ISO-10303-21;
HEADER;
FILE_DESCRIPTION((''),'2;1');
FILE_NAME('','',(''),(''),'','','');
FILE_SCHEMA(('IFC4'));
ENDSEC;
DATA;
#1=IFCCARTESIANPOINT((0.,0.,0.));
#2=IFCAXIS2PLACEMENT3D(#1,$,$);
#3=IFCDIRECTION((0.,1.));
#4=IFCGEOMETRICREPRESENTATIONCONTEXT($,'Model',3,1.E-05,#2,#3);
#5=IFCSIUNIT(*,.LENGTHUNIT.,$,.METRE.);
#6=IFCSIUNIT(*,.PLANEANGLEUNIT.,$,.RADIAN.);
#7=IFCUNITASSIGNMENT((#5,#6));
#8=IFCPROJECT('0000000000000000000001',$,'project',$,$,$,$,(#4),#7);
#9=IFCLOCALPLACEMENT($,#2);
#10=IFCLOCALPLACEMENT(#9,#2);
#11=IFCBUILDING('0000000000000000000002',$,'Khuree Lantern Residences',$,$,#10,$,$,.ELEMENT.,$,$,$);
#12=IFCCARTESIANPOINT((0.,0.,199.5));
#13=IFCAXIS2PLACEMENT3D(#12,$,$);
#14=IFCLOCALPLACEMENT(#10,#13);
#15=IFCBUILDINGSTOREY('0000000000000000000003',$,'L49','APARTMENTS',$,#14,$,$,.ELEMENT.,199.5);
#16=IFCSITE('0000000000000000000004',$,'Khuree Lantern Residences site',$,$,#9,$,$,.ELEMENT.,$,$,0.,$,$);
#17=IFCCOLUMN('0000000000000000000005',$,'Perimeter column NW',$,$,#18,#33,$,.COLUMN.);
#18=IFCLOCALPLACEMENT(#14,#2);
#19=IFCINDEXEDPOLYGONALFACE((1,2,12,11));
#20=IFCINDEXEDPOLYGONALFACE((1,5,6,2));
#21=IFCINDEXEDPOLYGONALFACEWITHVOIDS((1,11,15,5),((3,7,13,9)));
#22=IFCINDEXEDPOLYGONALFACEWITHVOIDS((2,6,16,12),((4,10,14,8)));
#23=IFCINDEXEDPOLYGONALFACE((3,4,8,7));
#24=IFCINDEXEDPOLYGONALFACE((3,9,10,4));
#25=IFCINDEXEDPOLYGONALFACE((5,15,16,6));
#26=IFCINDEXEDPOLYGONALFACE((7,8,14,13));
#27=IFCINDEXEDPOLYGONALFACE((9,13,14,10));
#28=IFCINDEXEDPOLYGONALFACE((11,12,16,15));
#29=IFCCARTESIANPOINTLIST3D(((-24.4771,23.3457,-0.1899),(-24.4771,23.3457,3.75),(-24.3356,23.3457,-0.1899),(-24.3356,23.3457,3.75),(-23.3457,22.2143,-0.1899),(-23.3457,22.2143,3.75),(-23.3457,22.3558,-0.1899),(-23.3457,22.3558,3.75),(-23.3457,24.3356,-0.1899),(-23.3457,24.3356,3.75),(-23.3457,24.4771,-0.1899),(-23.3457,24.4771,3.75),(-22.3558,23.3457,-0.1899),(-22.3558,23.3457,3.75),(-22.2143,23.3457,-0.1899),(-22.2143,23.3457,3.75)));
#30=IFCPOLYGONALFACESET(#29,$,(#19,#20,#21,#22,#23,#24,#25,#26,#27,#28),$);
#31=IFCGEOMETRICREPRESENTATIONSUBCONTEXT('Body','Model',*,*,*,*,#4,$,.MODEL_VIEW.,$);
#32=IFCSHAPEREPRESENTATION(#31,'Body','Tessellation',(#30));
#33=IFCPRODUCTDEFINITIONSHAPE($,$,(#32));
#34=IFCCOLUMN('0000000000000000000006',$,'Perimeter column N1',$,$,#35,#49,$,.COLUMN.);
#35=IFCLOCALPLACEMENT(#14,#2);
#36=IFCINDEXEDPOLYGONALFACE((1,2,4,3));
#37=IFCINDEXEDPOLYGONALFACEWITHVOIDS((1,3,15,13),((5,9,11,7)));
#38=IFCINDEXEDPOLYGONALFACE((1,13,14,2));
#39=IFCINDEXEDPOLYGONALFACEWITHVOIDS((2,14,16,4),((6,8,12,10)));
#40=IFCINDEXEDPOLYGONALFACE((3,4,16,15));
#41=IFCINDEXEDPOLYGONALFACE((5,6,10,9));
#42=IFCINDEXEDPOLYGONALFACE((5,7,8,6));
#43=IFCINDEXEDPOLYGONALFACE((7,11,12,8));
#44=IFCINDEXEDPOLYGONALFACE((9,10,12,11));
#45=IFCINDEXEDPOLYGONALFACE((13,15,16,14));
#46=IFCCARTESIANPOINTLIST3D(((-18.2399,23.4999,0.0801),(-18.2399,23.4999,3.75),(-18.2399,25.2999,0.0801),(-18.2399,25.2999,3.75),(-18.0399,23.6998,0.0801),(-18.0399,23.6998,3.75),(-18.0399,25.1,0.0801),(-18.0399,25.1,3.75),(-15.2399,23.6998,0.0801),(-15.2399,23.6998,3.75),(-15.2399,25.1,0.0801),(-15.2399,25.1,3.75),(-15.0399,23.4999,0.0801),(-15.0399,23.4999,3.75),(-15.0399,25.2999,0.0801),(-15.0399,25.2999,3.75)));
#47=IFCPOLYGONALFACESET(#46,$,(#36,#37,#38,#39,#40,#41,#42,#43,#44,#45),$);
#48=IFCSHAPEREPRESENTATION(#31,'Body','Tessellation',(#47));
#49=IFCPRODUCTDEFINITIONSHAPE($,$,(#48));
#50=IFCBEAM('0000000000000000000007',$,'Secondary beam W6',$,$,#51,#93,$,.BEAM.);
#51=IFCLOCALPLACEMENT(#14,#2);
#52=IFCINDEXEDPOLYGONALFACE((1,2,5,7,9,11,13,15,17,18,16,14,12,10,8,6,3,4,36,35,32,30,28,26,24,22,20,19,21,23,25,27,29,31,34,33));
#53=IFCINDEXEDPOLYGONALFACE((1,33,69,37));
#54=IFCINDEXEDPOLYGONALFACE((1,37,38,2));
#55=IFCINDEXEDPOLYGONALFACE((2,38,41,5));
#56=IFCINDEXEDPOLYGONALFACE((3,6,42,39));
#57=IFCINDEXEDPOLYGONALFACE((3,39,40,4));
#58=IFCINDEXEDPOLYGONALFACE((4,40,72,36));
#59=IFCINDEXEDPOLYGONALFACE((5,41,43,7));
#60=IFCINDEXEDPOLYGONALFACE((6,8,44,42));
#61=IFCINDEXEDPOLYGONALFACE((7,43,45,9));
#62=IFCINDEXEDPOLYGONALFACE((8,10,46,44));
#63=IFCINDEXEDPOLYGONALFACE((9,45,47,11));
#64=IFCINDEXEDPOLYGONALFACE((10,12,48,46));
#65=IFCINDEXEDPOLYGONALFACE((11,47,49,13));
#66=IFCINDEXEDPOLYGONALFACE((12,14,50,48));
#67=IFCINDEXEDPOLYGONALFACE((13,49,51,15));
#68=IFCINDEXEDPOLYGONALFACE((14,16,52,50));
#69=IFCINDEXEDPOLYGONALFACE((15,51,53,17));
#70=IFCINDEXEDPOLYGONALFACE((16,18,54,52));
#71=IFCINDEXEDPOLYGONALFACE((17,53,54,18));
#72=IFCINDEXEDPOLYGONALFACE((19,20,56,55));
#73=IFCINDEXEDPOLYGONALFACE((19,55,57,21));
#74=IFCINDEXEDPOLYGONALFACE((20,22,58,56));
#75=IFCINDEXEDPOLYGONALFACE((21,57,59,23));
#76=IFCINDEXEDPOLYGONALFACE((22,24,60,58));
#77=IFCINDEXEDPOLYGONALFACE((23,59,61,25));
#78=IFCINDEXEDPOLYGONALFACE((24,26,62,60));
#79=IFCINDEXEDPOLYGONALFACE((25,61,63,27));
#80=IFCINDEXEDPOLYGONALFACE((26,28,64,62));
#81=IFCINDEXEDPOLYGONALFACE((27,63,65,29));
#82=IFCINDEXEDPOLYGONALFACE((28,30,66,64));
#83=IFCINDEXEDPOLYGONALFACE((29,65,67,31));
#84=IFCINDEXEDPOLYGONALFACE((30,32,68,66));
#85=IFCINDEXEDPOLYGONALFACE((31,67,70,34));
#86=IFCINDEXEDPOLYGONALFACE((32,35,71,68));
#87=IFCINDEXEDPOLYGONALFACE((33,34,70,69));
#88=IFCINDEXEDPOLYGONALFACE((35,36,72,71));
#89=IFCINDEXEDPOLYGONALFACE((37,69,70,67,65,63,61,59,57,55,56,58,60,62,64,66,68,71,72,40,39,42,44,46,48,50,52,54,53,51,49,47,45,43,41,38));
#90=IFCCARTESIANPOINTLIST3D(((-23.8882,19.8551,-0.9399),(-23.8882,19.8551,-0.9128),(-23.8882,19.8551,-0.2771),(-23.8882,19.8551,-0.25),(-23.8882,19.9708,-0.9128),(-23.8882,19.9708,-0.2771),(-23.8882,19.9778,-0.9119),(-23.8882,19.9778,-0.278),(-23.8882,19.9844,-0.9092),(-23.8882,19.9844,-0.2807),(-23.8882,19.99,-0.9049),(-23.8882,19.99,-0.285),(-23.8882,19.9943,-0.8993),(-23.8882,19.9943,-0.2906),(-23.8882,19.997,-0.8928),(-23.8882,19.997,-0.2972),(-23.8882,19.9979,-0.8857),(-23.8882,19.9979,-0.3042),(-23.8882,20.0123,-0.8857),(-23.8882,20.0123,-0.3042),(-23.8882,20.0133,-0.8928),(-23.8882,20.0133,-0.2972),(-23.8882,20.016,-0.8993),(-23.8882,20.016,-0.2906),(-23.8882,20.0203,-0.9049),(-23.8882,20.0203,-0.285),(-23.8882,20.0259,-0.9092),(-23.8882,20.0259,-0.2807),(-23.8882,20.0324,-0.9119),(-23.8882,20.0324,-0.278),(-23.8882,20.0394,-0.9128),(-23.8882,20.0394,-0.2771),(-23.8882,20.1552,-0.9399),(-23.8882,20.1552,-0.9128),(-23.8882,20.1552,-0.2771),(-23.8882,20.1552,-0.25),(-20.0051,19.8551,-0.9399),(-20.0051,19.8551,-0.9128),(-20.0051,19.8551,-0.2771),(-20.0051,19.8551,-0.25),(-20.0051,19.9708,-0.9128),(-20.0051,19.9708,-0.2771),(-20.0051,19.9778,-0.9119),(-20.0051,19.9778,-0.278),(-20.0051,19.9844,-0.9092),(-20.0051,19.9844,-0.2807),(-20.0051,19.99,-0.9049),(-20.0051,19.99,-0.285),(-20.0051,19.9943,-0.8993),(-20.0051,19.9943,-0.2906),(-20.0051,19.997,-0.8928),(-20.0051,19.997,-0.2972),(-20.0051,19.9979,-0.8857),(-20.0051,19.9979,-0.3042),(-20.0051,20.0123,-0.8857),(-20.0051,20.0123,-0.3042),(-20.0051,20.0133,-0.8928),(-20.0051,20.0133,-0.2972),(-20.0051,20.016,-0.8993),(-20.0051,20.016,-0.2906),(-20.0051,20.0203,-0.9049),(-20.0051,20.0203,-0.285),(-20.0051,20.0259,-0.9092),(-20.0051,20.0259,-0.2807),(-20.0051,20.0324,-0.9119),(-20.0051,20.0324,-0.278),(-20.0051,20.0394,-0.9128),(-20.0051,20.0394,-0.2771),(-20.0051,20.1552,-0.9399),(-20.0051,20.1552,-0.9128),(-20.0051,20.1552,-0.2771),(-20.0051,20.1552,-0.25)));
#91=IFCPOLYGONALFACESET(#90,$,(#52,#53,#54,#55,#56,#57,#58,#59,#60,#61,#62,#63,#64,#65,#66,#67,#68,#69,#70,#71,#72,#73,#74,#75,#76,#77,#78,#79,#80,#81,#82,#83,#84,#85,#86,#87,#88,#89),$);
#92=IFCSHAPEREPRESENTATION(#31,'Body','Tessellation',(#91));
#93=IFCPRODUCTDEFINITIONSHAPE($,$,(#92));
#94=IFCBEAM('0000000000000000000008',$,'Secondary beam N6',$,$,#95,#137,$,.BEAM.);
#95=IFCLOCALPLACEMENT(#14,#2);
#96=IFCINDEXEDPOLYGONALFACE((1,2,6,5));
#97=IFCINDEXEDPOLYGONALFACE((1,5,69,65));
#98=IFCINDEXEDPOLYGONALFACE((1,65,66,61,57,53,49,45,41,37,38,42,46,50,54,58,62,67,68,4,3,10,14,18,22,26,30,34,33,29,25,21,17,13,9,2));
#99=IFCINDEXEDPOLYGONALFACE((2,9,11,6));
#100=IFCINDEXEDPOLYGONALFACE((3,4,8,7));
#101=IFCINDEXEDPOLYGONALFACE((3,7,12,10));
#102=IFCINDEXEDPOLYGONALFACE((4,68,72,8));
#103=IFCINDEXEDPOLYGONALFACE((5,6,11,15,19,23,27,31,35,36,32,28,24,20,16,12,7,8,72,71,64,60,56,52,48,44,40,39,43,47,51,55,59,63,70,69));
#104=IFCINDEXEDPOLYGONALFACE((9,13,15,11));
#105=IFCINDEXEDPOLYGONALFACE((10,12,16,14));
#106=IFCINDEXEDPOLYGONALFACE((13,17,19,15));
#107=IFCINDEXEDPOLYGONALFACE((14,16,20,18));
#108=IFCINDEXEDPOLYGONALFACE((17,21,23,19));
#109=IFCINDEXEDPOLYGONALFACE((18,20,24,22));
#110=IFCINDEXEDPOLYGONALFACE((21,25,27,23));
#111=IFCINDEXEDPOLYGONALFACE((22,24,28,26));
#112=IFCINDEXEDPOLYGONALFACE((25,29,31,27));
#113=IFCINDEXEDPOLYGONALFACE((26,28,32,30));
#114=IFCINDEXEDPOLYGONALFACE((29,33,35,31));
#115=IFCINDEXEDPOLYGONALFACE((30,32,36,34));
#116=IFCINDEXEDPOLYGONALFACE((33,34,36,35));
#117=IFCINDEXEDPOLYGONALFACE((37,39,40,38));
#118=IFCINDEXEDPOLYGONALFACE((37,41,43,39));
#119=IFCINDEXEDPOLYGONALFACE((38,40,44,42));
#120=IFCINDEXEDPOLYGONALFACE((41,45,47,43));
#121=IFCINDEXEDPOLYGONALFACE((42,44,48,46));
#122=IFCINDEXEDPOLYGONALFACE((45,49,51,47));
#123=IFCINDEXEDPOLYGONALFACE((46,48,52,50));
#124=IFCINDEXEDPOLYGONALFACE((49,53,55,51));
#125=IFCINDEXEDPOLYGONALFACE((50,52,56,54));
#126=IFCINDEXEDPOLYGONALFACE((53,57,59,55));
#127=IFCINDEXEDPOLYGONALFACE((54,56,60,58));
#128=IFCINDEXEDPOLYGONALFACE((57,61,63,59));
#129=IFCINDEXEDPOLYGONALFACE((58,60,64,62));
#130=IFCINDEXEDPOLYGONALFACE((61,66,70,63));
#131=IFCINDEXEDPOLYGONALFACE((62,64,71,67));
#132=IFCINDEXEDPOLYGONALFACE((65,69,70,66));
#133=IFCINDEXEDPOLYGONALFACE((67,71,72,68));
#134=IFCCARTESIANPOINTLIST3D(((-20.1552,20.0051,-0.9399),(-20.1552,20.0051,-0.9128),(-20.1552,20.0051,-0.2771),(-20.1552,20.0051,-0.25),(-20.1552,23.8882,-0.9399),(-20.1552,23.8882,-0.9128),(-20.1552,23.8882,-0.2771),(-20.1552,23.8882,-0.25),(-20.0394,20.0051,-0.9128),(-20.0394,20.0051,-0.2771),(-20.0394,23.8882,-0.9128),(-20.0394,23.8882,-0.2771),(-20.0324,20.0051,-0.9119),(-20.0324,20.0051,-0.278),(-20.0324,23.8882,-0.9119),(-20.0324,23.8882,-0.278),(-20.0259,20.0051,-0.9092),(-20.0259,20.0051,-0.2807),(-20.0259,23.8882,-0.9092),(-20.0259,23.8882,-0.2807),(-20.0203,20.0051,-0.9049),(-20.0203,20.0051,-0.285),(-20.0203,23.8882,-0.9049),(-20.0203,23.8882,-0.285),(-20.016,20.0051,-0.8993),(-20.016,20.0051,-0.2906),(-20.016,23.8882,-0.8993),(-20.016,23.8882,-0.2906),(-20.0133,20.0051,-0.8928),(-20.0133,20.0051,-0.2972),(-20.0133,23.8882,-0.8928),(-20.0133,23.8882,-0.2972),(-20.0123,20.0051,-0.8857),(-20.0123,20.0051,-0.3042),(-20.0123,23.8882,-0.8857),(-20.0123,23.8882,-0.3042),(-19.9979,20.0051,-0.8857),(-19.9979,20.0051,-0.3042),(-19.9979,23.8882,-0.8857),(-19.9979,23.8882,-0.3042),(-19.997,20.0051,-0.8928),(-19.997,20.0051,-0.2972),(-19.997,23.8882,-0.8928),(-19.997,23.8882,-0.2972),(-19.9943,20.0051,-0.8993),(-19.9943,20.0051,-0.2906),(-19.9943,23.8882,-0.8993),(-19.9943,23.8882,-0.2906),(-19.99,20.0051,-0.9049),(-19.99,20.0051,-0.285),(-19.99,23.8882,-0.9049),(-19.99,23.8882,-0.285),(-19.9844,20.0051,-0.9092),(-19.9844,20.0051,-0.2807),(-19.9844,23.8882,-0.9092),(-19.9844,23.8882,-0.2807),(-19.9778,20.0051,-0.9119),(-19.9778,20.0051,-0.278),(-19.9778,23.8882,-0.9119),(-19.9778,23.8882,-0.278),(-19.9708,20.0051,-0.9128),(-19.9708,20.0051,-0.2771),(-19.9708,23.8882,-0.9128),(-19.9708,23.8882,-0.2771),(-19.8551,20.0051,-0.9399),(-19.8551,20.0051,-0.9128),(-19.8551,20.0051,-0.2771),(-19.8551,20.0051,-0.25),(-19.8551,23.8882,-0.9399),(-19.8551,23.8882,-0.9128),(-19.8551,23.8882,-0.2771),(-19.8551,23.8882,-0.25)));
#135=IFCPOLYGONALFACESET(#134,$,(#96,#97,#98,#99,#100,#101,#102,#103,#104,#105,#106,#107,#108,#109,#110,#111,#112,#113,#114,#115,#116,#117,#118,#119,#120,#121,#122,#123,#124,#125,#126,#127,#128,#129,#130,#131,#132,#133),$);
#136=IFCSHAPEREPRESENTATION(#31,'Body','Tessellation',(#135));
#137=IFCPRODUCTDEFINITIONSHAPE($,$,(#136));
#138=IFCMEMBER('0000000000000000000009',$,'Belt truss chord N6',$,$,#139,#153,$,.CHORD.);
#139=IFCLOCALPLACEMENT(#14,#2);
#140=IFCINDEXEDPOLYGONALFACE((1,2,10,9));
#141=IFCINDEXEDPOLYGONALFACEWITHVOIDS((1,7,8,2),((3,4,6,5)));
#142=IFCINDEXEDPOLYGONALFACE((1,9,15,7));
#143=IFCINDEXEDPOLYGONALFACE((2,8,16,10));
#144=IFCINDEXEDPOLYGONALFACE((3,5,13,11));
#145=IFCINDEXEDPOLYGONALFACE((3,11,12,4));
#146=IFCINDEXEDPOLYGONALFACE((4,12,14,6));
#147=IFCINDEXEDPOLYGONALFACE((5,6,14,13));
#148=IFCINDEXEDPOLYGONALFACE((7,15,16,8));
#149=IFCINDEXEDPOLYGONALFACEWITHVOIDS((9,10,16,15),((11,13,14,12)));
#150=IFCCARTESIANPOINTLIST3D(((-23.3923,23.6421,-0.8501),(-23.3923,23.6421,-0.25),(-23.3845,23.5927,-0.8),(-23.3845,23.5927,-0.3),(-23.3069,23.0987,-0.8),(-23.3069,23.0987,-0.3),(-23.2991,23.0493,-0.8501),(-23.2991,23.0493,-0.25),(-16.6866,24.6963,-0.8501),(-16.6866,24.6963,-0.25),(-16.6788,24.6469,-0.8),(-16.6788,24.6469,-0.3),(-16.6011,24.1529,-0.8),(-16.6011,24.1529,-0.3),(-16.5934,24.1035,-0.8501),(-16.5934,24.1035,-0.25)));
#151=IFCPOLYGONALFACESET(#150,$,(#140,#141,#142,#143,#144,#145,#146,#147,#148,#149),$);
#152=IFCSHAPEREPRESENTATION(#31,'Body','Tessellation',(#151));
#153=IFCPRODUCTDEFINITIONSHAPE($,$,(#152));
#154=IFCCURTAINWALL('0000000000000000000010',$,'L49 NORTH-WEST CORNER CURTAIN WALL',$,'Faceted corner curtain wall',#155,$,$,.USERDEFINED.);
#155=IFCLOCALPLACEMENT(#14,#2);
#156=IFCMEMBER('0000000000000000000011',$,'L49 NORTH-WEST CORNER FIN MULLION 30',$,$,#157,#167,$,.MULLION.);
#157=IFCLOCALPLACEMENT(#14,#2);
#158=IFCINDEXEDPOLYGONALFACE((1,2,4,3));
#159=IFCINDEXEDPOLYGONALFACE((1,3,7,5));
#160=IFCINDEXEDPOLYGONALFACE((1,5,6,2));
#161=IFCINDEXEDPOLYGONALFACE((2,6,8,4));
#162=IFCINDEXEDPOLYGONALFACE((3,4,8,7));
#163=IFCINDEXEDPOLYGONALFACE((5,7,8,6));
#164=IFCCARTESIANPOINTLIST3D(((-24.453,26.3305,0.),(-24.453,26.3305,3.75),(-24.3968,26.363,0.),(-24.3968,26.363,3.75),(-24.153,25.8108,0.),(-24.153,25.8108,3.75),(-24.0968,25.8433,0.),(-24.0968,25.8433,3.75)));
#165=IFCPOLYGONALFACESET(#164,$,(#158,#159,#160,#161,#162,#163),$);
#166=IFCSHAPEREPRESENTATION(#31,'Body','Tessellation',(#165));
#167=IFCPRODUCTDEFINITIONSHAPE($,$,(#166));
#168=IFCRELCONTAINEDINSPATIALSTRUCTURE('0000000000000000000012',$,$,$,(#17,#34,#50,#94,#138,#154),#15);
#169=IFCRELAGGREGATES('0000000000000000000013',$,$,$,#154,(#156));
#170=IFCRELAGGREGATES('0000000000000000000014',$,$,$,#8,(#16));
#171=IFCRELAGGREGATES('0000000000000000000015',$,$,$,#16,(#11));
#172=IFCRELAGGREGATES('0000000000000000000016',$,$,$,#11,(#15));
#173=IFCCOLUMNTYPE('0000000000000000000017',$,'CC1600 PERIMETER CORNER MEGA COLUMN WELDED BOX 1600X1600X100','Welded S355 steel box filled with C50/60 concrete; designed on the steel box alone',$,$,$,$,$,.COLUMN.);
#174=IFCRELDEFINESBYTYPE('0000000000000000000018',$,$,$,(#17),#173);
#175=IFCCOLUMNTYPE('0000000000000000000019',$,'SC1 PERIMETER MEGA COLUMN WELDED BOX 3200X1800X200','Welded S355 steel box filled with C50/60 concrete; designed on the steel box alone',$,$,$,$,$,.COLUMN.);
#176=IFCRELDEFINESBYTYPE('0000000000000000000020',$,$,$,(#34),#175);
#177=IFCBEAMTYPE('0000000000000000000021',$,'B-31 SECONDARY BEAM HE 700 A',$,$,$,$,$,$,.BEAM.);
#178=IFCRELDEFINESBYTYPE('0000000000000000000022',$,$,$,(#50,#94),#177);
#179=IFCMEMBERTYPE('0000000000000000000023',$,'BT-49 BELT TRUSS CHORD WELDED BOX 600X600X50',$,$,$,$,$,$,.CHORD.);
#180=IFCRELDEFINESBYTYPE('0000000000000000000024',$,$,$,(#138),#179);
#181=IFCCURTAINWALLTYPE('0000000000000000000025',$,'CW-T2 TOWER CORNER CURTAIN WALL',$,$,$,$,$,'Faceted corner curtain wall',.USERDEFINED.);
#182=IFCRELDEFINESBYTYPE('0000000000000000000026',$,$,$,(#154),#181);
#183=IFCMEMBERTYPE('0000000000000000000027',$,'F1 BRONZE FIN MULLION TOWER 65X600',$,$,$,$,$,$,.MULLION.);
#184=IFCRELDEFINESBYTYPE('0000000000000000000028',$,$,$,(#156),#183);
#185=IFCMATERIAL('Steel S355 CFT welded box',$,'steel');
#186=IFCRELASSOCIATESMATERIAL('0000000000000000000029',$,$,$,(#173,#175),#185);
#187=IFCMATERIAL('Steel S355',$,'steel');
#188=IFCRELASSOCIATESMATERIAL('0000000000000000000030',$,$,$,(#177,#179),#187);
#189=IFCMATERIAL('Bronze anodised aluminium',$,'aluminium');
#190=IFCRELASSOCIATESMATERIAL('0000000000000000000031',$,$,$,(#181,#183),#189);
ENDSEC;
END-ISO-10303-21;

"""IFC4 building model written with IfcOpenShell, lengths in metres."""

from ifc_helpers import new_model, si_unit, direction, frame, origin, origin_2d, place, context, subcontext, project, spatial, rectangle, hollow_rectangle, i_section, extrude, material, material_profile, profile_set, type_object, element, aggregate, save


model = new_model("IFC4")

# Units and contexts
model_context = context("Model", 3, precision=1e-05, world=origin(), true_north=direction((0.0, 1.0)))
body_context = subcontext(model_context, "Body", "Model", "MODEL_VIEW")
ifc_project = project(units=[si_unit("LENGTHUNIT", "METRE"), si_unit("PLANEANGLEUNIT", "RADIAN")], contexts=[model_context])

# Site, building, storey
site_placement = place(None, origin())
site = spatial("IfcSite", under=ifc_project, at=site_placement, Name="Khuree Lantern Residences site", CompositionType="ELEMENT", RefElevation=0.0)
building_placement = place(site_placement, origin())
building = spatial("IfcBuilding", under=site, at=building_placement, Name="Khuree Lantern Residences", CompositionType="ELEMENT")
storey_placement = place(building_placement, frame((0.0, 0.0, 199.5)))
storey = spatial("IfcBuildingStorey", under=building, at=storey_placement, Name="L49", Description="APARTMENTS", CompositionType="ELEMENT", Elevation=199.5)

# Columns
ifc_material_1 = material(Name="Steel S355 CFT welded box", Category="steel")
ifc_material_profile_1 = material_profile(ifc_material_1, hollow_rectangle(XDim=1.6001, YDim=1.6001, WallThickness=0.1001, at=origin_2d()), Name="WELDED BOX 1600X1600X100")
ifc_profile_set_1 = profile_set([ifc_material_profile_1], Name="Steel S355 CFT welded box")
column_type_1 = type_object("IfcColumnType", Name="CC1600 PERIMETER CORNER MEGA COLUMN WELDED BOX 1600X1600X100", Description="Welded S355 steel box filled with C50/60 concrete; designed on the steel box alone", PredefinedType="COLUMN", material=ifc_profile_set_1)
column_1_placement = place(storey_placement, frame((-23.3457, 23.3457, -0.1899), z_axis=(0.0, 0.0, 1.0), x_axis=(0.707107, 0.707107, 0.0)))
element("IfcColumn", 1, at=column_1_placement, inside=storey, type_object=column_type_1, Name="Perimeter column NW", PredefinedType="COLUMN", context=body_context, shape_type="SweptSolid", body=[
    extrude(hollow_rectangle(XDim=1.6001, YDim=1.6001, WallThickness=0.1001, at=origin_2d()), origin(), (0.0, 0.0, 1.0), 3.9399),
])
ifc_material_profile_2 = material_profile(ifc_material_1, hollow_rectangle(XDim=3.2, YDim=1.8, WallThickness=0.2, at=origin_2d()), Name="WELDED BOX 3200X1800X200")
ifc_profile_set_2 = profile_set([ifc_material_profile_2], Name="Steel S355 CFT welded box")
column_type_2 = type_object("IfcColumnType", Name="SC1 PERIMETER MEGA COLUMN WELDED BOX 3200X1800X200", Description="Welded S355 steel box filled with C50/60 concrete; designed on the steel box alone", PredefinedType="COLUMN", material=ifc_profile_set_2)
column_2_placement = place(storey_placement, frame((-16.6399, 24.3999, 0.0801), z_axis=(0.0, 0.0, 1.0), x_axis=(1.0, 0.0, 0.0)))
element("IfcColumn", 2, at=column_2_placement, inside=storey, type_object=column_type_2, Name="Perimeter column N1", PredefinedType="COLUMN", context=body_context, shape_type="SweptSolid", body=[
    extrude(hollow_rectangle(XDim=3.2, YDim=1.8, WallThickness=0.2, at=origin_2d()), origin(), (0.0, 0.0, 1.0), 3.6699),
])

# Beams
ifc_material_2 = material(Name="Steel S355", Category="steel")
ifc_material_profile_3 = material_profile(ifc_material_2, i_section(OverallWidth=0.3, OverallDepth=0.6899, WebThickness=0.0144, FlangeThickness=0.0271, FilletRadius=0.0271, at=origin_2d()), Name="HE 700 A")
ifc_profile_set_3 = profile_set([ifc_material_profile_3], Name="Steel S355")
beam_type_1 = type_object("IfcBeamType", Name="B-31 SECONDARY BEAM HE 700 A", PredefinedType="BEAM", material=ifc_profile_set_3)
for number, where, z_axis, x_axis, name in (
    (3, (-23.8882, 20.0051, -0.595), (1.0, 0.0, 0.0), (0.0, 1.0, 0.0), "Secondary beam W6"),
    (4, (-20.0051, 23.8882, -0.595), (0.0, -1.0, 0.0), (1.0, 0.0, 0.0), "Secondary beam N6"),
):
    element("IfcBeam", number, at=place(storey_placement, frame(where, z_axis=z_axis, x_axis=x_axis)), inside=storey, type_object=beam_type_1, Name=name, PredefinedType="BEAM", context=body_context, shape_type="SweptSolid", body=[
        extrude(i_section(OverallWidth=0.3, OverallDepth=0.6899, WebThickness=0.0144, FlangeThickness=0.0271, FilletRadius=0.0271, at=origin_2d()), origin(), (0.0, 0.0, 1.0), 3.8831),
    ])

# Member
ifc_material_profile_4 = material_profile(ifc_material_2, hollow_rectangle(XDim=0.6001, YDim=0.6001, WallThickness=0.05, at=origin_2d()), Name="WELDED BOX 600X600X50")
ifc_profile_set_4 = profile_set([ifc_material_profile_4], Name="Steel S355")
member_type_1 = type_object("IfcMemberType", Name="BT-49 BELT TRUSS CHORD WELDED BOX 600X600X50", PredefinedType="CHORD", material=ifc_profile_set_4)
member_1_placement = place(storey_placement, frame((-23.3457, 23.3457, -0.55), z_axis=(0.987867, 0.1553, 0.0), x_axis=(-0.1553, 0.987867, 0.0)))
element("IfcMember", 5, at=member_1_placement, inside=storey, type_object=member_type_1, Name="Belt truss chord N6", PredefinedType="CHORD", context=body_context, shape_type="SweptSolid", body=[
    extrude(hollow_rectangle(XDim=0.6001, YDim=0.6001, WallThickness=0.05, at=origin_2d()), origin(), (0.0, 0.0, 1.0), 6.7881),
])

# Curtain wall, member
ifc_material_3 = material(Name="Bronze anodised aluminium", Category="aluminium")
curtain_wall_type_1 = type_object("IfcCurtainWallType", Name="CW-T2 TOWER CORNER CURTAIN WALL", ElementType="Faceted corner curtain wall", PredefinedType="USERDEFINED", material=ifc_material_3)
curtain_wall_1_placement = place(storey_placement, origin())
curtain_wall_1 = element("IfcCurtainWall", 6, at=curtain_wall_1_placement, inside=storey, type_object=curtain_wall_type_1, Name="L49 NORTH-WEST CORNER CURTAIN WALL", ObjectType="Faceted corner curtain wall", PredefinedType="USERDEFINED")
ifc_material_profile_5 = material_profile(ifc_material_3, rectangle(XDim=0.0649, YDim=0.6001, at=origin_2d()), Name="F1 65X600")
ifc_profile_set_5 = profile_set([ifc_material_profile_5], Name="Bronze anodised aluminium")
member_type_2 = type_object("IfcMemberType", Name="F1 BRONZE FIN MULLION TOWER 65X600", PredefinedType="MULLION", material=ifc_profile_set_5)
member_2_placement = place(storey_placement, frame((-24.2749, 26.0869, 0.0), z_axis=(0.0, 0.0, 1.0), x_axis=(-0.866025, -0.5, 0.0)))
member_2 = element("IfcMember", 7, at=member_2_placement, type_object=member_type_2, Name="L49 NORTH-WEST CORNER FIN MULLION 30", PredefinedType="MULLION", context=body_context, shape_type="SweptSolid", body=[
    extrude(rectangle(XDim=0.0649, YDim=0.6001, at=origin_2d()), origin(), (0.0, 0.0, 1.0), 3.75),
])

aggregate(curtain_wall_1, [member_2])

save(model, "model.ifc")
